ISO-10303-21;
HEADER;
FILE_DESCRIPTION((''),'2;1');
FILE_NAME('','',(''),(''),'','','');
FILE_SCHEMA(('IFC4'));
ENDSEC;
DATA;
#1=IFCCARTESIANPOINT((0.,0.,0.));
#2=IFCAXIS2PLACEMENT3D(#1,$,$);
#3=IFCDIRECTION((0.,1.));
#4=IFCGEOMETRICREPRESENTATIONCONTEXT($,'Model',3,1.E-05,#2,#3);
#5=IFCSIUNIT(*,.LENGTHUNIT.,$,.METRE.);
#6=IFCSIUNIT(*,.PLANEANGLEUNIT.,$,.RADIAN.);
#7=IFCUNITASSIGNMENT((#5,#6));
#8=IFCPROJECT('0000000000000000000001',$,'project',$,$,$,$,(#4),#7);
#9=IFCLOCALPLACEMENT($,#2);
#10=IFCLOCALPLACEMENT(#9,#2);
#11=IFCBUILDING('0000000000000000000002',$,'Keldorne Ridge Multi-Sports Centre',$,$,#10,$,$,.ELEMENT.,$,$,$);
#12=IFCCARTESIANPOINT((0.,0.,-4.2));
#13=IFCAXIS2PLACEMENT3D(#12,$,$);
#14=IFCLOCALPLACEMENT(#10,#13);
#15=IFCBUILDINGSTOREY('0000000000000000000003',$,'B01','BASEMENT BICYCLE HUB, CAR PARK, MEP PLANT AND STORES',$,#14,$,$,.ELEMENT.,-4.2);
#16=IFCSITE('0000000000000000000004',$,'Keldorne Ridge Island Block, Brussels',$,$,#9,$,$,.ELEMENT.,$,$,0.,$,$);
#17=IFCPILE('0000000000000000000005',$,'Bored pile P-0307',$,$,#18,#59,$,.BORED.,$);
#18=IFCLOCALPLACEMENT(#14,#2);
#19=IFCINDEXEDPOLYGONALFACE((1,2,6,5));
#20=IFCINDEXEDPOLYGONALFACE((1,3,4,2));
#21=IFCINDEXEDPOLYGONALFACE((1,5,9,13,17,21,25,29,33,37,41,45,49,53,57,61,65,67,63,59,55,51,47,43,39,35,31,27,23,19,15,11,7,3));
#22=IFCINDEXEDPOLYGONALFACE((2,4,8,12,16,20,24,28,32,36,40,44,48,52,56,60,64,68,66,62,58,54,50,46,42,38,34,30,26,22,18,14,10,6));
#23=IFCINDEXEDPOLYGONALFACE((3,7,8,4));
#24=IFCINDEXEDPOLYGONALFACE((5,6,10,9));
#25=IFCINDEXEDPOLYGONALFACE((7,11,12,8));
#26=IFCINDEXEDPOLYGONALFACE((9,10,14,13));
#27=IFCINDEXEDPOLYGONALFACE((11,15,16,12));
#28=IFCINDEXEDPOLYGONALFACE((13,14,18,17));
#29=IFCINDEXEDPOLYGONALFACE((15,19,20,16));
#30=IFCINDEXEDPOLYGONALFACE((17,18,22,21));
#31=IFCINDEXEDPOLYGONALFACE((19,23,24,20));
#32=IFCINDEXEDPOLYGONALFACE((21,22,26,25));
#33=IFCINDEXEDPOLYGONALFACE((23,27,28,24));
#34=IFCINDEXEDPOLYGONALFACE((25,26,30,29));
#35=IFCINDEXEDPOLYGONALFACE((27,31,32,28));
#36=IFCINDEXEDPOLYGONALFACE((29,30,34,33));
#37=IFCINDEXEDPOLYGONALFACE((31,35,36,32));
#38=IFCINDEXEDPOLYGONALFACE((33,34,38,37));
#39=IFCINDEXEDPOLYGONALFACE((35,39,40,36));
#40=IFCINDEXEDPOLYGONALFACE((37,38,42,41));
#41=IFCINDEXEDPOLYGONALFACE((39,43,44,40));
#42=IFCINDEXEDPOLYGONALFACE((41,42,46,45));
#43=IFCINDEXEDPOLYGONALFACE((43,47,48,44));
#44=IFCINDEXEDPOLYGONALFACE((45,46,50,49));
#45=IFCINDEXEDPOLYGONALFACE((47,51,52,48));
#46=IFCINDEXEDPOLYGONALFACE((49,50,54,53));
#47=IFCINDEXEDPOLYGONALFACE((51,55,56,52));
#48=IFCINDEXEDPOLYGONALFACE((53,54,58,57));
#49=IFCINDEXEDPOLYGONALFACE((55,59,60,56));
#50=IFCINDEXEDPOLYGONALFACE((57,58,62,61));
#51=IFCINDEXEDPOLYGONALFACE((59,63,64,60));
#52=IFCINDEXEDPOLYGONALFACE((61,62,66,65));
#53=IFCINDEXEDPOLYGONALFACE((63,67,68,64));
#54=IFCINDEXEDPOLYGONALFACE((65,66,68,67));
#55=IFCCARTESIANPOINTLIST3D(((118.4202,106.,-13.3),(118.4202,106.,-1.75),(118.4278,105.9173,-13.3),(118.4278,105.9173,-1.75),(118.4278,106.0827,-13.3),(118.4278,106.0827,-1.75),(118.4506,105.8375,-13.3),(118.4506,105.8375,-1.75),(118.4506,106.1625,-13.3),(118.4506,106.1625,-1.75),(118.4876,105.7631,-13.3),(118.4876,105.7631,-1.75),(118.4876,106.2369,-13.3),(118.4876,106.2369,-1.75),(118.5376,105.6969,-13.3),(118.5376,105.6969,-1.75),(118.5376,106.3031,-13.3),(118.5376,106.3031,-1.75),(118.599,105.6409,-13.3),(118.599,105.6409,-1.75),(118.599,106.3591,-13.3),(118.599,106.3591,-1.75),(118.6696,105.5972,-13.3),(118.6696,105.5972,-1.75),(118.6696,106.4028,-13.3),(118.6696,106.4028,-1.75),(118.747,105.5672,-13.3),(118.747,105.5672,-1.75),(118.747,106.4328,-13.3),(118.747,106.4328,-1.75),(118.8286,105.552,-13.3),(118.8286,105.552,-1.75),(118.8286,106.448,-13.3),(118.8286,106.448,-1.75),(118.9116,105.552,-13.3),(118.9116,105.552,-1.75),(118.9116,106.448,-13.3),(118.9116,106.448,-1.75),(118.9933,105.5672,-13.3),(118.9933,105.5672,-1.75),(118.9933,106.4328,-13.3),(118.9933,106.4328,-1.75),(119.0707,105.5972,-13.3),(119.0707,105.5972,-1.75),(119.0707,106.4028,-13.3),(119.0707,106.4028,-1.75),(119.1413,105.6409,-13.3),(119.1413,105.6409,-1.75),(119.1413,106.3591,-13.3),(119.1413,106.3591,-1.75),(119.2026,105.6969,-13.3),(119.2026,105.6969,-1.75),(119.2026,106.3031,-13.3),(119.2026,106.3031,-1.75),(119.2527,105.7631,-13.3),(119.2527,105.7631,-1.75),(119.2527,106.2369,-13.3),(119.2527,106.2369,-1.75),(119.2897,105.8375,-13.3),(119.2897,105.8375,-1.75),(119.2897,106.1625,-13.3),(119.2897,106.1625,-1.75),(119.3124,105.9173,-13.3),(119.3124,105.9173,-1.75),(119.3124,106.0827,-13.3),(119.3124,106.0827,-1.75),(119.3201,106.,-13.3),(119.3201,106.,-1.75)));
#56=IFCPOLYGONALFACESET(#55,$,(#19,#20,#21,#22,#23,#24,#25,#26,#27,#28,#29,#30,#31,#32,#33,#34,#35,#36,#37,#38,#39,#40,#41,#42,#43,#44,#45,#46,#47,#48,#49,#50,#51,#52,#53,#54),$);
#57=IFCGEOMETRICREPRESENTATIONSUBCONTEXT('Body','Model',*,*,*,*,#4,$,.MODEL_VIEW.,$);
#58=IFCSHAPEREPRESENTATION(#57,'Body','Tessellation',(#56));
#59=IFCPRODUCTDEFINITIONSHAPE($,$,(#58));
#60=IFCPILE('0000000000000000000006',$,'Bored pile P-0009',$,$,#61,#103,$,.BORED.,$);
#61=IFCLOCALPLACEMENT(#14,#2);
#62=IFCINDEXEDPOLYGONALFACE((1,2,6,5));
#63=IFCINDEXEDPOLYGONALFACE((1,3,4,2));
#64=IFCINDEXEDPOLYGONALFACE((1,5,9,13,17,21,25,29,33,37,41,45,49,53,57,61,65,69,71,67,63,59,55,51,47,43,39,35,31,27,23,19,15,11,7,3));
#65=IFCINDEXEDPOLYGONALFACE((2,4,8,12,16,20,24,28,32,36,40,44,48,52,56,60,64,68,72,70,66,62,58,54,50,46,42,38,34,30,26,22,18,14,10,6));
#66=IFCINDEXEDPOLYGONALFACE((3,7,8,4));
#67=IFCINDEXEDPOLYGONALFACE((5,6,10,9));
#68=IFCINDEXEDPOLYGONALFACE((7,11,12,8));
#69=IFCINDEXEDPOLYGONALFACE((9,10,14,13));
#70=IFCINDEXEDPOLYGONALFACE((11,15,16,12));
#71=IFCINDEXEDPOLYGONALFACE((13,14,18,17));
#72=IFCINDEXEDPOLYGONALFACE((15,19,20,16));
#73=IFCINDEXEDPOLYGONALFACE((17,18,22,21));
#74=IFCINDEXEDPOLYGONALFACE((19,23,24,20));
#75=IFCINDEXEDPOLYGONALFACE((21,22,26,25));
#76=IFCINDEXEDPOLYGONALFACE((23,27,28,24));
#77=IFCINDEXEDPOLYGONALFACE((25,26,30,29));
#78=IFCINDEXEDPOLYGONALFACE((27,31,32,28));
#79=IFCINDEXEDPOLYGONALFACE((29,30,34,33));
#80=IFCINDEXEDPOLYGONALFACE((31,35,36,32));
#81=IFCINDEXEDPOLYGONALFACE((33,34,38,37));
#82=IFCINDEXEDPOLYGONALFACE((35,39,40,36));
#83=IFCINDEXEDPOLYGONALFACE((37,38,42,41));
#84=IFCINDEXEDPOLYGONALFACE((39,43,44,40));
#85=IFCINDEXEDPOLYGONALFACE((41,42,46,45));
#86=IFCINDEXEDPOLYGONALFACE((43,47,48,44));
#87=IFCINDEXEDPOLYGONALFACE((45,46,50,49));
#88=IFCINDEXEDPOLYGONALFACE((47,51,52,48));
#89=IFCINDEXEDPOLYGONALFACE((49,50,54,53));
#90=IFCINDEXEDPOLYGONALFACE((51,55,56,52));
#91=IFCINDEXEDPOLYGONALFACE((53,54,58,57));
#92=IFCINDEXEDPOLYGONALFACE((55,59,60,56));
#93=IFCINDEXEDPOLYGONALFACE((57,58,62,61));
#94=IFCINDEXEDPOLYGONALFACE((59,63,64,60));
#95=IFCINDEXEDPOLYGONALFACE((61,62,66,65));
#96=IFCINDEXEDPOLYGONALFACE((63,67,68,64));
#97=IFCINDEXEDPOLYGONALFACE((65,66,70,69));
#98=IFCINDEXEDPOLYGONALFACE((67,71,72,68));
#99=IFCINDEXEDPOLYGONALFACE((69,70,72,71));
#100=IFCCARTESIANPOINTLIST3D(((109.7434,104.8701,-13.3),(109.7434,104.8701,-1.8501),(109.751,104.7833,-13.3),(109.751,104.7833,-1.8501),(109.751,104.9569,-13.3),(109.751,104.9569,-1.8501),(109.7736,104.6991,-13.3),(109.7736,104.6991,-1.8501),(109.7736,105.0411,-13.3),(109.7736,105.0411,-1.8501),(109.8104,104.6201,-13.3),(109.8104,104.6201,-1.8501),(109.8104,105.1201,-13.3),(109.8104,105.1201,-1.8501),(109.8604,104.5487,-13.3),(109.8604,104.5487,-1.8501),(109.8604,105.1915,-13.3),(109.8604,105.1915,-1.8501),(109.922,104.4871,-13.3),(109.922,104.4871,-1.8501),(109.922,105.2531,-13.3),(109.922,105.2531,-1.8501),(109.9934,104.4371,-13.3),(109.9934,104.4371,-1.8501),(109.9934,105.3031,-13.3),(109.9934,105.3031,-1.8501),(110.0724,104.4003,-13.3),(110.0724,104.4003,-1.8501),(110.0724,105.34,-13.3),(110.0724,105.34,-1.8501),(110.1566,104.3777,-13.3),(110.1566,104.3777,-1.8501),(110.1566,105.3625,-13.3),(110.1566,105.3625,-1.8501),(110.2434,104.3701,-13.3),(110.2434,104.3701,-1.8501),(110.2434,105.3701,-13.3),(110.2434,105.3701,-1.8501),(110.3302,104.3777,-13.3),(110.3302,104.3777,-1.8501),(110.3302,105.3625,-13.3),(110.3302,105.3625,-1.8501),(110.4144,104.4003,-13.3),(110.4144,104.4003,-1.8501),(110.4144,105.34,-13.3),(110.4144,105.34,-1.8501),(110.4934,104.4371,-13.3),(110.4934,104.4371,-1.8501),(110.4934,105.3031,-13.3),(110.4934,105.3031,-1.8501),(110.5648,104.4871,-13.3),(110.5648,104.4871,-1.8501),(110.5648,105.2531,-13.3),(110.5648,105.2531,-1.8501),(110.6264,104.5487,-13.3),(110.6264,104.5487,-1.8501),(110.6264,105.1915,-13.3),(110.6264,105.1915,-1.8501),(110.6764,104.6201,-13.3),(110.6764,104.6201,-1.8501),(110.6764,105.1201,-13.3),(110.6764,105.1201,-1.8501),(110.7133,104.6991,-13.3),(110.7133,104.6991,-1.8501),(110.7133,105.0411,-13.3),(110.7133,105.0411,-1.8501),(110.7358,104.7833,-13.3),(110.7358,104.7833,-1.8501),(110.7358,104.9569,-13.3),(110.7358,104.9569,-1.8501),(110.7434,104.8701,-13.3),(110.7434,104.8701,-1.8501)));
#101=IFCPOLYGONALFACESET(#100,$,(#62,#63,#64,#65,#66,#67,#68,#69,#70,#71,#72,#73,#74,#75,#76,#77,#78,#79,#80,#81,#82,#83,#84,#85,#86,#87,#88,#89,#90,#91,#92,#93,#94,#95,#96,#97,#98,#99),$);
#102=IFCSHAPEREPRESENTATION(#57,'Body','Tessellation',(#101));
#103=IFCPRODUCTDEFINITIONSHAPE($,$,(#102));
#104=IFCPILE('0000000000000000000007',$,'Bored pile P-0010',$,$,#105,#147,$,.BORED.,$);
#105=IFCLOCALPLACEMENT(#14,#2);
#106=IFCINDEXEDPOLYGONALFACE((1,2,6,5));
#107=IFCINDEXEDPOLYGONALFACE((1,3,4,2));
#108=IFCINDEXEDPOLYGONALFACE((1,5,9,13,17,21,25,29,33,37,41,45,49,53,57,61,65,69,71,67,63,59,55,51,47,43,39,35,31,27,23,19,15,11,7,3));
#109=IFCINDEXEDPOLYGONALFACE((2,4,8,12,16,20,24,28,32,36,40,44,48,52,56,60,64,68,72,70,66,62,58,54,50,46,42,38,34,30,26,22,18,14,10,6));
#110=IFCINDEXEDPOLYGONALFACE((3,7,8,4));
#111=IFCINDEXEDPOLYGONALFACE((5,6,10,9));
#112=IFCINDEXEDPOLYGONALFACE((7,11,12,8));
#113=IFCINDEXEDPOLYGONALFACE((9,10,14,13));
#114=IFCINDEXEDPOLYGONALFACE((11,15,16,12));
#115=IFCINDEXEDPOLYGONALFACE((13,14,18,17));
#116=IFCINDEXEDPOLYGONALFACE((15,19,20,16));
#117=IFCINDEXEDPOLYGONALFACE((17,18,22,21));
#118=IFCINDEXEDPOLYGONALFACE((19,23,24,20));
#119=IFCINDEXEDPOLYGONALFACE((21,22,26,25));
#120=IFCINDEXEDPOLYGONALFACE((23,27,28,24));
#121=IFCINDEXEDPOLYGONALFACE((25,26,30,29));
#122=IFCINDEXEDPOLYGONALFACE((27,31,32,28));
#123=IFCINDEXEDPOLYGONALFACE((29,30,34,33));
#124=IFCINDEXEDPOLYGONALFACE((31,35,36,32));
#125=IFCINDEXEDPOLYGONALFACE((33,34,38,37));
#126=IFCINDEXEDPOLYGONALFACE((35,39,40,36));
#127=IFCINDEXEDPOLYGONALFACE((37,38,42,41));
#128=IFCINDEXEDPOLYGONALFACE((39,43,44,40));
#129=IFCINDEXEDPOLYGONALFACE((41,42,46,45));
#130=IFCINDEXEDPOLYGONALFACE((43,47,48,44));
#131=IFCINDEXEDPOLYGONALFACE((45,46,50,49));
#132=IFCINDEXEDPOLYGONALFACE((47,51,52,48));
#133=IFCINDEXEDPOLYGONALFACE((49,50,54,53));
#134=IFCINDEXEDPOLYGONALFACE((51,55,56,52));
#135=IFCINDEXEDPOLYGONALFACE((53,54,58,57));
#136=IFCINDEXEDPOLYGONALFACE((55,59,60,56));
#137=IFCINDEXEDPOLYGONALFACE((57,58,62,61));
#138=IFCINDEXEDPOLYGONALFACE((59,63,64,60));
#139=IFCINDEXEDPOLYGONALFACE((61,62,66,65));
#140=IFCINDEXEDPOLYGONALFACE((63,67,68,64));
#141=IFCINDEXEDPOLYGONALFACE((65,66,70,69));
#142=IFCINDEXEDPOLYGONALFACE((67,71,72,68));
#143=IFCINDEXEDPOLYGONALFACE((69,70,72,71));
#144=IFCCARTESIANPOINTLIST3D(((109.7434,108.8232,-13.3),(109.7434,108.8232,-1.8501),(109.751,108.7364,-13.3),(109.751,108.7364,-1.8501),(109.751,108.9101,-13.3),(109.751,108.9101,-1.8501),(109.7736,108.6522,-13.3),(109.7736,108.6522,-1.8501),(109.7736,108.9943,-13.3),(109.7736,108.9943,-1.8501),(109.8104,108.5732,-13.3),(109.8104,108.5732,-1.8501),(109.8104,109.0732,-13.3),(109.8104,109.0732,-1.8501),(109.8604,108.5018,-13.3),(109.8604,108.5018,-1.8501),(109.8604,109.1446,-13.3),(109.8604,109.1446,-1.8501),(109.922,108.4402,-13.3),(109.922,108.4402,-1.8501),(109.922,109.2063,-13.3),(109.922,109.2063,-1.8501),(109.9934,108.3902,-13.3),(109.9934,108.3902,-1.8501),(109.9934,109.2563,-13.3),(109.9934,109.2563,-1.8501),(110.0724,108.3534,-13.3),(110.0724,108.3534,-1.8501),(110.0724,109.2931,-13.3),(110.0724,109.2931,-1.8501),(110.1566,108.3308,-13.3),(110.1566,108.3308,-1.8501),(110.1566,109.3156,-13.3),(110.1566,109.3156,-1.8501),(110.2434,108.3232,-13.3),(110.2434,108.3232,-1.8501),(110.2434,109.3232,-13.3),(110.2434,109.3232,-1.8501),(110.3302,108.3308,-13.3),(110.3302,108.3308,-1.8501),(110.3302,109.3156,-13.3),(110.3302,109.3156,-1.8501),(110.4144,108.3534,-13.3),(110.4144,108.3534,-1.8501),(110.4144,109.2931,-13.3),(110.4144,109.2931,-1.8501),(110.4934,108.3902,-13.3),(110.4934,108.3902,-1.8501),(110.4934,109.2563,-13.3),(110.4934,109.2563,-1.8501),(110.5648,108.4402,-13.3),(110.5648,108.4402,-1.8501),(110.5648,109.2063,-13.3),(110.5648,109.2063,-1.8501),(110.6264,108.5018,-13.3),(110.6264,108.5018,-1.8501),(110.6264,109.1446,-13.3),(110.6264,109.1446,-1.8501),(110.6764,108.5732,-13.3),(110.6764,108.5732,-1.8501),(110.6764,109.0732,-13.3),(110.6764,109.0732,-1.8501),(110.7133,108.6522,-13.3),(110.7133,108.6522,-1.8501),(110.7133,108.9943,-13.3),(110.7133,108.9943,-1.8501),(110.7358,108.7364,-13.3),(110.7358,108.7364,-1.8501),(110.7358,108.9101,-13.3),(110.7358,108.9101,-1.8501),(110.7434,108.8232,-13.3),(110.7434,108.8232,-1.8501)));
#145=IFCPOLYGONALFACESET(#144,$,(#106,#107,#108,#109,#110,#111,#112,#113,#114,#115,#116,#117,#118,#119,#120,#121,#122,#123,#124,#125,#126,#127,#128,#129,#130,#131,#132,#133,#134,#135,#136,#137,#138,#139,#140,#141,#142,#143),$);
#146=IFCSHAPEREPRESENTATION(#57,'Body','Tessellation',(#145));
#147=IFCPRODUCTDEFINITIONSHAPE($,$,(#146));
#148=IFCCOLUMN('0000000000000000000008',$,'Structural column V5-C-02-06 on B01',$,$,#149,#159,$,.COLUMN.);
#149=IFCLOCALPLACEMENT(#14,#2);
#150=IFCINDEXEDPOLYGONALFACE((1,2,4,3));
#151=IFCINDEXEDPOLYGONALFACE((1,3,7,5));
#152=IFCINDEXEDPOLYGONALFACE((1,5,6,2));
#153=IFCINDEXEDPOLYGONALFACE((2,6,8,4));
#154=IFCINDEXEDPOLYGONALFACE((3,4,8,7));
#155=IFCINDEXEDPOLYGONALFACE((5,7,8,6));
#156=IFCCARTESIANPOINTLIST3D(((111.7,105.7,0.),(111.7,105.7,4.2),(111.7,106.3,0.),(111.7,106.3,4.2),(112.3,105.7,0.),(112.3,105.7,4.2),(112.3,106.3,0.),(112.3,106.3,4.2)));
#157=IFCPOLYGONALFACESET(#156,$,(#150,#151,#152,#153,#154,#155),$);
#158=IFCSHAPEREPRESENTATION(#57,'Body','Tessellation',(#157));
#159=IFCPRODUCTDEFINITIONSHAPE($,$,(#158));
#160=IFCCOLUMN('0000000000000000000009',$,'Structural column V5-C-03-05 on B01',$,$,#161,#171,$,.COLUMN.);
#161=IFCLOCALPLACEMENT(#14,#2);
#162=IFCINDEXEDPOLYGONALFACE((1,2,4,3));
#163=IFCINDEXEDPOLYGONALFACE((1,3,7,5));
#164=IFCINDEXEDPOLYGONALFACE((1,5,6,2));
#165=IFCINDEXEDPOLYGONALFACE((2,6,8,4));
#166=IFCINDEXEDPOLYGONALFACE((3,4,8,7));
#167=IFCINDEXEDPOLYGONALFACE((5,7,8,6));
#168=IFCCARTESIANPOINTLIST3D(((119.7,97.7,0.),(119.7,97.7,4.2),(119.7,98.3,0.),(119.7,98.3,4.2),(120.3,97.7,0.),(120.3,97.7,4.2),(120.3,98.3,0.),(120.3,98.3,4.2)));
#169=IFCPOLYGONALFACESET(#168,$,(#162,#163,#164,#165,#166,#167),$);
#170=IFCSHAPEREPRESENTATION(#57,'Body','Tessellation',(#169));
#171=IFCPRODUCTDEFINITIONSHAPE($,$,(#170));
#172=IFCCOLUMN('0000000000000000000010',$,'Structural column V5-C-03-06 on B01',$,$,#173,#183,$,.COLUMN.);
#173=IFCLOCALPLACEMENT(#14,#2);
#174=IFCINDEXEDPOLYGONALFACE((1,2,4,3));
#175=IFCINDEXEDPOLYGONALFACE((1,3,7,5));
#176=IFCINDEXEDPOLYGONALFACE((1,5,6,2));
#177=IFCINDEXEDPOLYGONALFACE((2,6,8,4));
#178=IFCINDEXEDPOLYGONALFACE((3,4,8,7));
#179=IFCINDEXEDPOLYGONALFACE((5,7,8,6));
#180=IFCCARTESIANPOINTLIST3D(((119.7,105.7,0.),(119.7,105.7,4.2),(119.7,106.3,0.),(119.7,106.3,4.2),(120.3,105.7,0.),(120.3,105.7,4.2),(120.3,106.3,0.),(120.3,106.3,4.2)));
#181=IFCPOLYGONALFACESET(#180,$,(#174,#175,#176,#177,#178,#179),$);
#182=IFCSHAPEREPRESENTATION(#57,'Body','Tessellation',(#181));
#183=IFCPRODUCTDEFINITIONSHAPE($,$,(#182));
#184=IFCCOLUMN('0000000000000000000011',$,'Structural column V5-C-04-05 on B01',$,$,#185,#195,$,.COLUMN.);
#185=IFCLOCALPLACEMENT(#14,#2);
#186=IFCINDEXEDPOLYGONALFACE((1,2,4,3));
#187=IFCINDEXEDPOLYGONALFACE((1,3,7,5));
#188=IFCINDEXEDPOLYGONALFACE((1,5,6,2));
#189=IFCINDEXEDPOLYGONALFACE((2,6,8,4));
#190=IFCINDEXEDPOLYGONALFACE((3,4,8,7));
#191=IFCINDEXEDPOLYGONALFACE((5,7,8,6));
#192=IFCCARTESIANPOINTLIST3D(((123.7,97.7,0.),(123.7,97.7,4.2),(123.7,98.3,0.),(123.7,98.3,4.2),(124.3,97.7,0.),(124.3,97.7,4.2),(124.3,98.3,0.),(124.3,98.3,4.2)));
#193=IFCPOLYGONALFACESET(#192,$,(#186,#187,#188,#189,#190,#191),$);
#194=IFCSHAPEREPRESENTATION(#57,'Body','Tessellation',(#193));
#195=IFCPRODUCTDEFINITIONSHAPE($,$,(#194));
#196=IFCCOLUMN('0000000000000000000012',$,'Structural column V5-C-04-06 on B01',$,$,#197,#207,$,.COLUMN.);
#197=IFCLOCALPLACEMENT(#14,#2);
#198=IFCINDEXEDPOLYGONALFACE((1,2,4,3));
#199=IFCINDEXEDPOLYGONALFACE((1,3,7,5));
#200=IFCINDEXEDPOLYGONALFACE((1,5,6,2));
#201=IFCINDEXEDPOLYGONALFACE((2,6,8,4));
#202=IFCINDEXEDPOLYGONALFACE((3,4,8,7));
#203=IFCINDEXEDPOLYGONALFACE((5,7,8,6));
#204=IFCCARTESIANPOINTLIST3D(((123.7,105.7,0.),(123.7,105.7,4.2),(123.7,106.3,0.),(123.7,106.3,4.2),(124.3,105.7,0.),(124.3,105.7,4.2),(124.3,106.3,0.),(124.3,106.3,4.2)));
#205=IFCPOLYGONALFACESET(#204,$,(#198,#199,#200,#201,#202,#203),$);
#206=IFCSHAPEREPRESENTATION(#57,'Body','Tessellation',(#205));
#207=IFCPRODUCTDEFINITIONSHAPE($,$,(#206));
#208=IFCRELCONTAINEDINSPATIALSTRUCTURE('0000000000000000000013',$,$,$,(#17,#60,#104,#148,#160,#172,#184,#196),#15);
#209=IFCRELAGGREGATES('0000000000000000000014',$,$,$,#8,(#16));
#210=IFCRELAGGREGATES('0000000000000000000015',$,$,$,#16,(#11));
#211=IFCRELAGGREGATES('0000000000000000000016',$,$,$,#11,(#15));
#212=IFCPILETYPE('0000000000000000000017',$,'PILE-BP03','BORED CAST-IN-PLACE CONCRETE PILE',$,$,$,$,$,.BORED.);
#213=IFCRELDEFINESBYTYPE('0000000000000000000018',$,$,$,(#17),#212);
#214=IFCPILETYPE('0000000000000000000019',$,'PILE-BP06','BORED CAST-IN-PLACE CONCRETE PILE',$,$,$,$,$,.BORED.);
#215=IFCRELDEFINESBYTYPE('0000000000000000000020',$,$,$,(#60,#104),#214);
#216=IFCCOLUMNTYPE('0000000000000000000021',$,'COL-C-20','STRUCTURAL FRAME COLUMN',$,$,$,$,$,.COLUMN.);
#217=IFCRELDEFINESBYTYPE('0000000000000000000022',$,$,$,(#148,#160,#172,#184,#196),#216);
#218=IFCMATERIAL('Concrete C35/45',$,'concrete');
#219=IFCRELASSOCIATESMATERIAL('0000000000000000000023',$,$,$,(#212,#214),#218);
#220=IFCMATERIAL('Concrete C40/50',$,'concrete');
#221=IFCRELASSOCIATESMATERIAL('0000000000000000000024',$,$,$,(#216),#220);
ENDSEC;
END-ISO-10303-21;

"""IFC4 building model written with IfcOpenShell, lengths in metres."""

from ifc_helpers import new_model, si_unit, direction, frame, origin, origin_2d, place, context, subcontext, project, spatial, rectangle, circle, extrude, material, material_profile, profile_set, type_object, element, save


model = new_model("IFC4")

# Units and contexts
model_context = context("Model", 3, precision=1e-05, world=origin(), true_north=direction((0.0, 1.0)))
body_context = subcontext(model_context, "Body", "Model", "MODEL_VIEW")
ifc_project = project(units=[si_unit("LENGTHUNIT", "METRE"), si_unit("PLANEANGLEUNIT", "RADIAN")], contexts=[model_context])

# Site, building, storey
site_placement = place(None, origin())
site = spatial("IfcSite", under=ifc_project, at=site_placement, Name="Keldorne Ridge Island Block, Brussels", CompositionType="ELEMENT", RefElevation=0.0)
building_placement = place(site_placement, origin())
building = spatial("IfcBuilding", under=site, at=building_placement, Name="Keldorne Ridge Multi-Sports Centre", CompositionType="ELEMENT")
storey_placement = place(building_placement, frame((0.0, 0.0, -4.2)))
storey = spatial("IfcBuildingStorey", under=building, at=storey_placement, Name="B01", Description="BASEMENT BICYCLE HUB, CAR PARK, MEP PLANT AND STORES", CompositionType="ELEMENT", Elevation=-4.2)

# Shared definitions
ifc_material_1 = material(Name="Concrete C35/45", Category="concrete")

# Piles
ifc_material_profile_1 = material_profile(ifc_material_1, circle(Radius=0.45, at=origin_2d()), Name="BORED PILE D900")
ifc_profile_set_1 = profile_set([ifc_material_profile_1], Name="Concrete C35/45")
pile_type_1 = type_object("IfcPileType", Name="PILE-BP03", Description="BORED CAST-IN-PLACE CONCRETE PILE", PredefinedType="BORED", material=ifc_profile_set_1)
for number, where, z_axis, x_axis, name in (
    (1, (118.8701, 106.0, -1.75), (0.0, 0.0, -1.0), (1.0, 0.0, 0.0), "Bored pile P-0307"),
):
    element("IfcPile", number, at=place(storey_placement, frame(where, z_axis=z_axis, x_axis=x_axis)), inside=storey, type_object=pile_type_1, Name=name, PredefinedType="BORED", context=body_context, shape_type="SweptSolid", body=[
        extrude(circle(Radius=0.45, at=origin_2d()), origin(), (0.0, 0.0, 1.0), 11.55),
    ])
ifc_material_profile_2 = material_profile(ifc_material_1, circle(Radius=0.5, at=origin_2d()), Name="BORED PILE D1000")
ifc_profile_set_2 = profile_set([ifc_material_profile_2], Name="Concrete C35/45")
pile_type_2 = type_object("IfcPileType", Name="PILE-BP06", Description="BORED CAST-IN-PLACE CONCRETE PILE", PredefinedType="BORED", material=ifc_profile_set_2)
for number, where, z_axis, x_axis, name in (
    (2, (110.2434, 104.8701, -1.8501), (0.0, 0.0, -1.0), (1.0, 0.0, 0.0), "Bored pile P-0009"),
    (3, (110.2434, 108.8232, -1.8501), (0.0, 0.0, -1.0), (1.0, 0.0, 0.0), "Bored pile P-0010"),
):
    element("IfcPile", number, at=place(storey_placement, frame(where, z_axis=z_axis, x_axis=x_axis)), inside=storey, type_object=pile_type_2, Name=name, PredefinedType="BORED", context=body_context, shape_type="SweptSolid", body=[
        extrude(circle(Radius=0.5, at=origin_2d()), origin(), (0.0, 0.0, 1.0), 11.45),
    ])

# Columns
ifc_material_2 = material(Name="Concrete C40/50", Category="concrete")
ifc_material_profile_3 = material_profile(ifc_material_2, rectangle(XDim=0.6001, YDim=0.6001, at=origin_2d()), Name="RC 600x600")
ifc_profile_set_3 = profile_set([ifc_material_profile_3], Name="Concrete C40/50")
column_type = type_object("IfcColumnType", Name="COL-C-20", Description="STRUCTURAL FRAME COLUMN", PredefinedType="COLUMN", material=ifc_profile_set_3)
for number, where, z_axis, x_axis, name in (
    (4, (112.0, 106.0, 0.0), (0.0, 0.0, 1.0), (1.0, 0.0, 0.0), "Structural column V5-C-02-06 on B01"),
    (5, (120.0, 98.0, 0.0), (0.0, 0.0, 1.0), (1.0, 0.0, 0.0), "Structural column V5-C-03-05 on B01"),
    (6, (120.0, 106.0, 0.0), (0.0, 0.0, 1.0), (1.0, 0.0, 0.0), "Structural column V5-C-03-06 on B01"),
    (7, (124.0, 98.0, 0.0), (0.0, 0.0, 1.0), (1.0, 0.0, 0.0), "Structural column V5-C-04-05 on B01"),
    (8, (124.0, 106.0, 0.0), (0.0, 0.0, 1.0), (1.0, 0.0, 0.0), "Structural column V5-C-04-06 on B01"),
):
    element("IfcColumn", number, at=place(storey_placement, frame(where, z_axis=z_axis, x_axis=x_axis)), inside=storey, type_object=column_type, Name=name, PredefinedType="COLUMN", context=body_context, shape_type="SweptSolid", body=[
        extrude(rectangle(XDim=0.6001, YDim=0.6001, at=origin_2d()), origin(), (0.0, 0.0, 1.0), 4.2),
    ])

save(model, "model.ifc")
